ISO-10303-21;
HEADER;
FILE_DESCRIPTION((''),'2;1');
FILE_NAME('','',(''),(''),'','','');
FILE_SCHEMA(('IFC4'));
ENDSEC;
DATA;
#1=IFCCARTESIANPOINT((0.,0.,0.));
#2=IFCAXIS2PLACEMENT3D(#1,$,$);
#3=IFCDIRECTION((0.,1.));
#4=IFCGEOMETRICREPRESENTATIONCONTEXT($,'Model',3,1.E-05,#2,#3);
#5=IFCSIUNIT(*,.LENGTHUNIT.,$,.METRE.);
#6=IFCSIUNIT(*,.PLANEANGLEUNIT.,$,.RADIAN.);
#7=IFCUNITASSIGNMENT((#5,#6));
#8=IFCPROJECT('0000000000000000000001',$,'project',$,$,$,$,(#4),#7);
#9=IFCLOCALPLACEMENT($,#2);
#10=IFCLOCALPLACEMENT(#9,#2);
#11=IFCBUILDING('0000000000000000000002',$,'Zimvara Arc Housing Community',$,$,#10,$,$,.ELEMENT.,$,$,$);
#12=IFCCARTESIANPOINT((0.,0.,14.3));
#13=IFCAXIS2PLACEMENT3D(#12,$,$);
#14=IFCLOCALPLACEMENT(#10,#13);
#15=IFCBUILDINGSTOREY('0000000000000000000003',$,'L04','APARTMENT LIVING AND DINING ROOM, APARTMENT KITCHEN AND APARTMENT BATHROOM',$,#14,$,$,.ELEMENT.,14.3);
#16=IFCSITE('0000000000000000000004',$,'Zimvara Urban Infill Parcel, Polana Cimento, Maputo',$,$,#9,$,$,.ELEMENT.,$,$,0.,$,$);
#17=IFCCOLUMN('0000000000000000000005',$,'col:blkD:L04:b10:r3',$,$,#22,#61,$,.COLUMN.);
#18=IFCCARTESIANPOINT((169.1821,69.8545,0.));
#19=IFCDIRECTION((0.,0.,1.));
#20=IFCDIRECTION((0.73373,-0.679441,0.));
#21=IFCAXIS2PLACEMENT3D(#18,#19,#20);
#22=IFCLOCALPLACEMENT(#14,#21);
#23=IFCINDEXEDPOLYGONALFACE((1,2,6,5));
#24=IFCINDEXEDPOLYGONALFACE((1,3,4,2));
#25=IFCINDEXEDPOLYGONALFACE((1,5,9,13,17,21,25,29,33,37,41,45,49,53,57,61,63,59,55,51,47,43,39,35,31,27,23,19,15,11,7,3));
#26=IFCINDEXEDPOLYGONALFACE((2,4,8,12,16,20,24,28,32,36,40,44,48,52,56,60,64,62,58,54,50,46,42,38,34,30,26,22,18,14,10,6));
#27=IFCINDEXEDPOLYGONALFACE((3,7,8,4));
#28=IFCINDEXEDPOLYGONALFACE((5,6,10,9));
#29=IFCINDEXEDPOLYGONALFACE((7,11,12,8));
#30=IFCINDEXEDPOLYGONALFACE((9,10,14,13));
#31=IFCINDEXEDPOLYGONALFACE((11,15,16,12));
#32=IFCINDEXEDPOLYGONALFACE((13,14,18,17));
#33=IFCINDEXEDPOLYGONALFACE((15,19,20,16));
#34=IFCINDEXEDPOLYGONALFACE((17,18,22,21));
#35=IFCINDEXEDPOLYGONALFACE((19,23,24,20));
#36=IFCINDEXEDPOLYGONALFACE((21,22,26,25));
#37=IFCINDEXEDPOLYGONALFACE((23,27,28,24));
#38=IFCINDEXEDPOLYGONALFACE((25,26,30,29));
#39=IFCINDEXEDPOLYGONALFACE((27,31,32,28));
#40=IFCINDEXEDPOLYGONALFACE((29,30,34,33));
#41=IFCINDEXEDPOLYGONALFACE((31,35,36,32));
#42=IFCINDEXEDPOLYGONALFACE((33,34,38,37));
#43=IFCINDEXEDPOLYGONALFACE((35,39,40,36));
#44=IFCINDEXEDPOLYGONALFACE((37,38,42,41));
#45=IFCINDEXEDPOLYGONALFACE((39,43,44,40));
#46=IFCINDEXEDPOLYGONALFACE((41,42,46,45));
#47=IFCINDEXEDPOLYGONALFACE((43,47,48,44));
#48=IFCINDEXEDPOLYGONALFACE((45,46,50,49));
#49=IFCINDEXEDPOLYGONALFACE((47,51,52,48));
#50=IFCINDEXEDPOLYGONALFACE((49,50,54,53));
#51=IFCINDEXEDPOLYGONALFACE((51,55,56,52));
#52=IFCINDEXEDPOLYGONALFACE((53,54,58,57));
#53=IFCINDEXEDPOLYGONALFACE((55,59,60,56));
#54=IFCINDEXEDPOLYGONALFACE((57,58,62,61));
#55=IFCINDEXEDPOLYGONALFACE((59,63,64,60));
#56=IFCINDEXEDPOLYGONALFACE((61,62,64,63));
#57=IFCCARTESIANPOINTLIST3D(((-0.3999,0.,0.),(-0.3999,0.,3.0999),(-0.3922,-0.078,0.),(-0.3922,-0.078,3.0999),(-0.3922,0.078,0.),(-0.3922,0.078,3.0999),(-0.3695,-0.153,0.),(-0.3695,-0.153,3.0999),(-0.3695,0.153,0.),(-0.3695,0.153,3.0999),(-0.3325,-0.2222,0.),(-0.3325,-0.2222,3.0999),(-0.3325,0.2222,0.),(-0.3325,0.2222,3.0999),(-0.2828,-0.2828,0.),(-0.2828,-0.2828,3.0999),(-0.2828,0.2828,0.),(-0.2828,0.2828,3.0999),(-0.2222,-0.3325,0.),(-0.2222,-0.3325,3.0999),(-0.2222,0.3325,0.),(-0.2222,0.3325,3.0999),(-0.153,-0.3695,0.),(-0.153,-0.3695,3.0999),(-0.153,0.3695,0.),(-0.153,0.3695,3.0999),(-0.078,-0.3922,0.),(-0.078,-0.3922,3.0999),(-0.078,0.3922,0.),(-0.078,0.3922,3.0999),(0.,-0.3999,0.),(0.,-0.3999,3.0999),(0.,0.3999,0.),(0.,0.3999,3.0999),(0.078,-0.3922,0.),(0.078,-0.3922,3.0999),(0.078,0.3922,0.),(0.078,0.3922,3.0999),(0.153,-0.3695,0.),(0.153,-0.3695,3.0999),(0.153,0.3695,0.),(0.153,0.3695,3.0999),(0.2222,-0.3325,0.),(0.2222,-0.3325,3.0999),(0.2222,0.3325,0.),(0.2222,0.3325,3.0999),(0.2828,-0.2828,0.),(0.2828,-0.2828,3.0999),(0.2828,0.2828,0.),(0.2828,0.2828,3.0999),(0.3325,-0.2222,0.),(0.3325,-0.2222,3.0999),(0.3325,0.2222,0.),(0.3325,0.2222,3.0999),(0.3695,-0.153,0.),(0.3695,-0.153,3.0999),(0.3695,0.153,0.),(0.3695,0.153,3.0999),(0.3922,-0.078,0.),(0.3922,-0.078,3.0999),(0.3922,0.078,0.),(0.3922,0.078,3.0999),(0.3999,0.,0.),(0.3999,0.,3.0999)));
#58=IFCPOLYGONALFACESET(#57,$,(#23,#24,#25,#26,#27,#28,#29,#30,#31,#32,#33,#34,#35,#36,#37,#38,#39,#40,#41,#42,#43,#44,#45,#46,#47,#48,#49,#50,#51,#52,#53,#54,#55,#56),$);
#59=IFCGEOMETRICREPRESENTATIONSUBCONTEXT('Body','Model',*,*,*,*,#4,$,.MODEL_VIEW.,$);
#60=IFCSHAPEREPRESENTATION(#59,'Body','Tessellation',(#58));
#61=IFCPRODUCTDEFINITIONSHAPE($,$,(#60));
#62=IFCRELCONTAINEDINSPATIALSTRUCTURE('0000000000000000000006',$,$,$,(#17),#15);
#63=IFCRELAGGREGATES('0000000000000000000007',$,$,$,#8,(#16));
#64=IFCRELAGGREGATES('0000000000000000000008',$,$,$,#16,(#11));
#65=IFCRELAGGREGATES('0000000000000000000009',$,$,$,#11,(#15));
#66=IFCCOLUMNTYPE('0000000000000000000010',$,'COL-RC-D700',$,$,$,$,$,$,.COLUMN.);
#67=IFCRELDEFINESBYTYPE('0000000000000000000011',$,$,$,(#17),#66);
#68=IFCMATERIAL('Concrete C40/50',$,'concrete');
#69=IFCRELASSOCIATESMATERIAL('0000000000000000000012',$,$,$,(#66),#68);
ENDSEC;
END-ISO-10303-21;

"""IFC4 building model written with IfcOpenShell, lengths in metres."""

from ifc_helpers import new_model, si_unit, direction, frame, origin, origin_2d, place, context, subcontext, project, spatial, circle, extrude, material, material_profile, profile_set, type_object, element, save


model = new_model("IFC4")

# Units and contexts
model_context = context("Model", 3, precision=1e-05, world=origin(), true_north=direction((0.0, 1.0)))
body_context = subcontext(model_context, "Body", "Model", "MODEL_VIEW")
ifc_project = project(units=[si_unit("LENGTHUNIT", "METRE"), si_unit("PLANEANGLEUNIT", "RADIAN")], contexts=[model_context])

# Site, building, storey
site_placement = place(None, origin())
site = spatial("IfcSite", under=ifc_project, at=site_placement, Name="Zimvara Urban Infill Parcel, Polana Cimento, Maputo", CompositionType="ELEMENT", RefElevation=0.0)
building_placement = place(site_placement, origin())
building = spatial("IfcBuilding", under=site, at=building_placement, Name="Zimvara Arc Housing Community", CompositionType="ELEMENT")
storey_placement = place(building_placement, frame((0.0, 0.0, 14.3)))
storey = spatial("IfcBuildingStorey", under=building, at=storey_placement, Name="L04", Description="APARTMENT LIVING AND DINING ROOM, APARTMENT KITCHEN AND APARTMENT BATHROOM", CompositionType="ELEMENT", Elevation=14.3)

# Column
ifc_material_1 = material(Name="Concrete C40/50", Category="concrete")
ifc_material_profile_1 = material_profile(ifc_material_1, circle(Radius=0.3999, at=origin_2d()), Name="RC D800")
ifc_profile_set_1 = profile_set([ifc_material_profile_1], Name="Concrete C40/50")
column_type_1 = type_object("IfcColumnType", Name="COL-RC-D700", PredefinedType="COLUMN", material=ifc_profile_set_1)
column_1_placement = place(storey_placement, frame((169.1821, 69.8545, 0.0), z_axis=(0.0, 0.0, 1.0), x_axis=(0.73373, -0.679441, 0.0)))
element("IfcColumn", 1, at=column_1_placement, inside=storey, type_object=column_type_1, Name="col:blkD:L04:b10:r3", PredefinedType="COLUMN", context=body_context, shape_type="SweptSolid", body=[
    extrude(circle(Radius=0.3999, at=origin_2d()), origin(), (0.0, 0.0, 1.0), 3.0999),
])

save(model, "model.ifc")
